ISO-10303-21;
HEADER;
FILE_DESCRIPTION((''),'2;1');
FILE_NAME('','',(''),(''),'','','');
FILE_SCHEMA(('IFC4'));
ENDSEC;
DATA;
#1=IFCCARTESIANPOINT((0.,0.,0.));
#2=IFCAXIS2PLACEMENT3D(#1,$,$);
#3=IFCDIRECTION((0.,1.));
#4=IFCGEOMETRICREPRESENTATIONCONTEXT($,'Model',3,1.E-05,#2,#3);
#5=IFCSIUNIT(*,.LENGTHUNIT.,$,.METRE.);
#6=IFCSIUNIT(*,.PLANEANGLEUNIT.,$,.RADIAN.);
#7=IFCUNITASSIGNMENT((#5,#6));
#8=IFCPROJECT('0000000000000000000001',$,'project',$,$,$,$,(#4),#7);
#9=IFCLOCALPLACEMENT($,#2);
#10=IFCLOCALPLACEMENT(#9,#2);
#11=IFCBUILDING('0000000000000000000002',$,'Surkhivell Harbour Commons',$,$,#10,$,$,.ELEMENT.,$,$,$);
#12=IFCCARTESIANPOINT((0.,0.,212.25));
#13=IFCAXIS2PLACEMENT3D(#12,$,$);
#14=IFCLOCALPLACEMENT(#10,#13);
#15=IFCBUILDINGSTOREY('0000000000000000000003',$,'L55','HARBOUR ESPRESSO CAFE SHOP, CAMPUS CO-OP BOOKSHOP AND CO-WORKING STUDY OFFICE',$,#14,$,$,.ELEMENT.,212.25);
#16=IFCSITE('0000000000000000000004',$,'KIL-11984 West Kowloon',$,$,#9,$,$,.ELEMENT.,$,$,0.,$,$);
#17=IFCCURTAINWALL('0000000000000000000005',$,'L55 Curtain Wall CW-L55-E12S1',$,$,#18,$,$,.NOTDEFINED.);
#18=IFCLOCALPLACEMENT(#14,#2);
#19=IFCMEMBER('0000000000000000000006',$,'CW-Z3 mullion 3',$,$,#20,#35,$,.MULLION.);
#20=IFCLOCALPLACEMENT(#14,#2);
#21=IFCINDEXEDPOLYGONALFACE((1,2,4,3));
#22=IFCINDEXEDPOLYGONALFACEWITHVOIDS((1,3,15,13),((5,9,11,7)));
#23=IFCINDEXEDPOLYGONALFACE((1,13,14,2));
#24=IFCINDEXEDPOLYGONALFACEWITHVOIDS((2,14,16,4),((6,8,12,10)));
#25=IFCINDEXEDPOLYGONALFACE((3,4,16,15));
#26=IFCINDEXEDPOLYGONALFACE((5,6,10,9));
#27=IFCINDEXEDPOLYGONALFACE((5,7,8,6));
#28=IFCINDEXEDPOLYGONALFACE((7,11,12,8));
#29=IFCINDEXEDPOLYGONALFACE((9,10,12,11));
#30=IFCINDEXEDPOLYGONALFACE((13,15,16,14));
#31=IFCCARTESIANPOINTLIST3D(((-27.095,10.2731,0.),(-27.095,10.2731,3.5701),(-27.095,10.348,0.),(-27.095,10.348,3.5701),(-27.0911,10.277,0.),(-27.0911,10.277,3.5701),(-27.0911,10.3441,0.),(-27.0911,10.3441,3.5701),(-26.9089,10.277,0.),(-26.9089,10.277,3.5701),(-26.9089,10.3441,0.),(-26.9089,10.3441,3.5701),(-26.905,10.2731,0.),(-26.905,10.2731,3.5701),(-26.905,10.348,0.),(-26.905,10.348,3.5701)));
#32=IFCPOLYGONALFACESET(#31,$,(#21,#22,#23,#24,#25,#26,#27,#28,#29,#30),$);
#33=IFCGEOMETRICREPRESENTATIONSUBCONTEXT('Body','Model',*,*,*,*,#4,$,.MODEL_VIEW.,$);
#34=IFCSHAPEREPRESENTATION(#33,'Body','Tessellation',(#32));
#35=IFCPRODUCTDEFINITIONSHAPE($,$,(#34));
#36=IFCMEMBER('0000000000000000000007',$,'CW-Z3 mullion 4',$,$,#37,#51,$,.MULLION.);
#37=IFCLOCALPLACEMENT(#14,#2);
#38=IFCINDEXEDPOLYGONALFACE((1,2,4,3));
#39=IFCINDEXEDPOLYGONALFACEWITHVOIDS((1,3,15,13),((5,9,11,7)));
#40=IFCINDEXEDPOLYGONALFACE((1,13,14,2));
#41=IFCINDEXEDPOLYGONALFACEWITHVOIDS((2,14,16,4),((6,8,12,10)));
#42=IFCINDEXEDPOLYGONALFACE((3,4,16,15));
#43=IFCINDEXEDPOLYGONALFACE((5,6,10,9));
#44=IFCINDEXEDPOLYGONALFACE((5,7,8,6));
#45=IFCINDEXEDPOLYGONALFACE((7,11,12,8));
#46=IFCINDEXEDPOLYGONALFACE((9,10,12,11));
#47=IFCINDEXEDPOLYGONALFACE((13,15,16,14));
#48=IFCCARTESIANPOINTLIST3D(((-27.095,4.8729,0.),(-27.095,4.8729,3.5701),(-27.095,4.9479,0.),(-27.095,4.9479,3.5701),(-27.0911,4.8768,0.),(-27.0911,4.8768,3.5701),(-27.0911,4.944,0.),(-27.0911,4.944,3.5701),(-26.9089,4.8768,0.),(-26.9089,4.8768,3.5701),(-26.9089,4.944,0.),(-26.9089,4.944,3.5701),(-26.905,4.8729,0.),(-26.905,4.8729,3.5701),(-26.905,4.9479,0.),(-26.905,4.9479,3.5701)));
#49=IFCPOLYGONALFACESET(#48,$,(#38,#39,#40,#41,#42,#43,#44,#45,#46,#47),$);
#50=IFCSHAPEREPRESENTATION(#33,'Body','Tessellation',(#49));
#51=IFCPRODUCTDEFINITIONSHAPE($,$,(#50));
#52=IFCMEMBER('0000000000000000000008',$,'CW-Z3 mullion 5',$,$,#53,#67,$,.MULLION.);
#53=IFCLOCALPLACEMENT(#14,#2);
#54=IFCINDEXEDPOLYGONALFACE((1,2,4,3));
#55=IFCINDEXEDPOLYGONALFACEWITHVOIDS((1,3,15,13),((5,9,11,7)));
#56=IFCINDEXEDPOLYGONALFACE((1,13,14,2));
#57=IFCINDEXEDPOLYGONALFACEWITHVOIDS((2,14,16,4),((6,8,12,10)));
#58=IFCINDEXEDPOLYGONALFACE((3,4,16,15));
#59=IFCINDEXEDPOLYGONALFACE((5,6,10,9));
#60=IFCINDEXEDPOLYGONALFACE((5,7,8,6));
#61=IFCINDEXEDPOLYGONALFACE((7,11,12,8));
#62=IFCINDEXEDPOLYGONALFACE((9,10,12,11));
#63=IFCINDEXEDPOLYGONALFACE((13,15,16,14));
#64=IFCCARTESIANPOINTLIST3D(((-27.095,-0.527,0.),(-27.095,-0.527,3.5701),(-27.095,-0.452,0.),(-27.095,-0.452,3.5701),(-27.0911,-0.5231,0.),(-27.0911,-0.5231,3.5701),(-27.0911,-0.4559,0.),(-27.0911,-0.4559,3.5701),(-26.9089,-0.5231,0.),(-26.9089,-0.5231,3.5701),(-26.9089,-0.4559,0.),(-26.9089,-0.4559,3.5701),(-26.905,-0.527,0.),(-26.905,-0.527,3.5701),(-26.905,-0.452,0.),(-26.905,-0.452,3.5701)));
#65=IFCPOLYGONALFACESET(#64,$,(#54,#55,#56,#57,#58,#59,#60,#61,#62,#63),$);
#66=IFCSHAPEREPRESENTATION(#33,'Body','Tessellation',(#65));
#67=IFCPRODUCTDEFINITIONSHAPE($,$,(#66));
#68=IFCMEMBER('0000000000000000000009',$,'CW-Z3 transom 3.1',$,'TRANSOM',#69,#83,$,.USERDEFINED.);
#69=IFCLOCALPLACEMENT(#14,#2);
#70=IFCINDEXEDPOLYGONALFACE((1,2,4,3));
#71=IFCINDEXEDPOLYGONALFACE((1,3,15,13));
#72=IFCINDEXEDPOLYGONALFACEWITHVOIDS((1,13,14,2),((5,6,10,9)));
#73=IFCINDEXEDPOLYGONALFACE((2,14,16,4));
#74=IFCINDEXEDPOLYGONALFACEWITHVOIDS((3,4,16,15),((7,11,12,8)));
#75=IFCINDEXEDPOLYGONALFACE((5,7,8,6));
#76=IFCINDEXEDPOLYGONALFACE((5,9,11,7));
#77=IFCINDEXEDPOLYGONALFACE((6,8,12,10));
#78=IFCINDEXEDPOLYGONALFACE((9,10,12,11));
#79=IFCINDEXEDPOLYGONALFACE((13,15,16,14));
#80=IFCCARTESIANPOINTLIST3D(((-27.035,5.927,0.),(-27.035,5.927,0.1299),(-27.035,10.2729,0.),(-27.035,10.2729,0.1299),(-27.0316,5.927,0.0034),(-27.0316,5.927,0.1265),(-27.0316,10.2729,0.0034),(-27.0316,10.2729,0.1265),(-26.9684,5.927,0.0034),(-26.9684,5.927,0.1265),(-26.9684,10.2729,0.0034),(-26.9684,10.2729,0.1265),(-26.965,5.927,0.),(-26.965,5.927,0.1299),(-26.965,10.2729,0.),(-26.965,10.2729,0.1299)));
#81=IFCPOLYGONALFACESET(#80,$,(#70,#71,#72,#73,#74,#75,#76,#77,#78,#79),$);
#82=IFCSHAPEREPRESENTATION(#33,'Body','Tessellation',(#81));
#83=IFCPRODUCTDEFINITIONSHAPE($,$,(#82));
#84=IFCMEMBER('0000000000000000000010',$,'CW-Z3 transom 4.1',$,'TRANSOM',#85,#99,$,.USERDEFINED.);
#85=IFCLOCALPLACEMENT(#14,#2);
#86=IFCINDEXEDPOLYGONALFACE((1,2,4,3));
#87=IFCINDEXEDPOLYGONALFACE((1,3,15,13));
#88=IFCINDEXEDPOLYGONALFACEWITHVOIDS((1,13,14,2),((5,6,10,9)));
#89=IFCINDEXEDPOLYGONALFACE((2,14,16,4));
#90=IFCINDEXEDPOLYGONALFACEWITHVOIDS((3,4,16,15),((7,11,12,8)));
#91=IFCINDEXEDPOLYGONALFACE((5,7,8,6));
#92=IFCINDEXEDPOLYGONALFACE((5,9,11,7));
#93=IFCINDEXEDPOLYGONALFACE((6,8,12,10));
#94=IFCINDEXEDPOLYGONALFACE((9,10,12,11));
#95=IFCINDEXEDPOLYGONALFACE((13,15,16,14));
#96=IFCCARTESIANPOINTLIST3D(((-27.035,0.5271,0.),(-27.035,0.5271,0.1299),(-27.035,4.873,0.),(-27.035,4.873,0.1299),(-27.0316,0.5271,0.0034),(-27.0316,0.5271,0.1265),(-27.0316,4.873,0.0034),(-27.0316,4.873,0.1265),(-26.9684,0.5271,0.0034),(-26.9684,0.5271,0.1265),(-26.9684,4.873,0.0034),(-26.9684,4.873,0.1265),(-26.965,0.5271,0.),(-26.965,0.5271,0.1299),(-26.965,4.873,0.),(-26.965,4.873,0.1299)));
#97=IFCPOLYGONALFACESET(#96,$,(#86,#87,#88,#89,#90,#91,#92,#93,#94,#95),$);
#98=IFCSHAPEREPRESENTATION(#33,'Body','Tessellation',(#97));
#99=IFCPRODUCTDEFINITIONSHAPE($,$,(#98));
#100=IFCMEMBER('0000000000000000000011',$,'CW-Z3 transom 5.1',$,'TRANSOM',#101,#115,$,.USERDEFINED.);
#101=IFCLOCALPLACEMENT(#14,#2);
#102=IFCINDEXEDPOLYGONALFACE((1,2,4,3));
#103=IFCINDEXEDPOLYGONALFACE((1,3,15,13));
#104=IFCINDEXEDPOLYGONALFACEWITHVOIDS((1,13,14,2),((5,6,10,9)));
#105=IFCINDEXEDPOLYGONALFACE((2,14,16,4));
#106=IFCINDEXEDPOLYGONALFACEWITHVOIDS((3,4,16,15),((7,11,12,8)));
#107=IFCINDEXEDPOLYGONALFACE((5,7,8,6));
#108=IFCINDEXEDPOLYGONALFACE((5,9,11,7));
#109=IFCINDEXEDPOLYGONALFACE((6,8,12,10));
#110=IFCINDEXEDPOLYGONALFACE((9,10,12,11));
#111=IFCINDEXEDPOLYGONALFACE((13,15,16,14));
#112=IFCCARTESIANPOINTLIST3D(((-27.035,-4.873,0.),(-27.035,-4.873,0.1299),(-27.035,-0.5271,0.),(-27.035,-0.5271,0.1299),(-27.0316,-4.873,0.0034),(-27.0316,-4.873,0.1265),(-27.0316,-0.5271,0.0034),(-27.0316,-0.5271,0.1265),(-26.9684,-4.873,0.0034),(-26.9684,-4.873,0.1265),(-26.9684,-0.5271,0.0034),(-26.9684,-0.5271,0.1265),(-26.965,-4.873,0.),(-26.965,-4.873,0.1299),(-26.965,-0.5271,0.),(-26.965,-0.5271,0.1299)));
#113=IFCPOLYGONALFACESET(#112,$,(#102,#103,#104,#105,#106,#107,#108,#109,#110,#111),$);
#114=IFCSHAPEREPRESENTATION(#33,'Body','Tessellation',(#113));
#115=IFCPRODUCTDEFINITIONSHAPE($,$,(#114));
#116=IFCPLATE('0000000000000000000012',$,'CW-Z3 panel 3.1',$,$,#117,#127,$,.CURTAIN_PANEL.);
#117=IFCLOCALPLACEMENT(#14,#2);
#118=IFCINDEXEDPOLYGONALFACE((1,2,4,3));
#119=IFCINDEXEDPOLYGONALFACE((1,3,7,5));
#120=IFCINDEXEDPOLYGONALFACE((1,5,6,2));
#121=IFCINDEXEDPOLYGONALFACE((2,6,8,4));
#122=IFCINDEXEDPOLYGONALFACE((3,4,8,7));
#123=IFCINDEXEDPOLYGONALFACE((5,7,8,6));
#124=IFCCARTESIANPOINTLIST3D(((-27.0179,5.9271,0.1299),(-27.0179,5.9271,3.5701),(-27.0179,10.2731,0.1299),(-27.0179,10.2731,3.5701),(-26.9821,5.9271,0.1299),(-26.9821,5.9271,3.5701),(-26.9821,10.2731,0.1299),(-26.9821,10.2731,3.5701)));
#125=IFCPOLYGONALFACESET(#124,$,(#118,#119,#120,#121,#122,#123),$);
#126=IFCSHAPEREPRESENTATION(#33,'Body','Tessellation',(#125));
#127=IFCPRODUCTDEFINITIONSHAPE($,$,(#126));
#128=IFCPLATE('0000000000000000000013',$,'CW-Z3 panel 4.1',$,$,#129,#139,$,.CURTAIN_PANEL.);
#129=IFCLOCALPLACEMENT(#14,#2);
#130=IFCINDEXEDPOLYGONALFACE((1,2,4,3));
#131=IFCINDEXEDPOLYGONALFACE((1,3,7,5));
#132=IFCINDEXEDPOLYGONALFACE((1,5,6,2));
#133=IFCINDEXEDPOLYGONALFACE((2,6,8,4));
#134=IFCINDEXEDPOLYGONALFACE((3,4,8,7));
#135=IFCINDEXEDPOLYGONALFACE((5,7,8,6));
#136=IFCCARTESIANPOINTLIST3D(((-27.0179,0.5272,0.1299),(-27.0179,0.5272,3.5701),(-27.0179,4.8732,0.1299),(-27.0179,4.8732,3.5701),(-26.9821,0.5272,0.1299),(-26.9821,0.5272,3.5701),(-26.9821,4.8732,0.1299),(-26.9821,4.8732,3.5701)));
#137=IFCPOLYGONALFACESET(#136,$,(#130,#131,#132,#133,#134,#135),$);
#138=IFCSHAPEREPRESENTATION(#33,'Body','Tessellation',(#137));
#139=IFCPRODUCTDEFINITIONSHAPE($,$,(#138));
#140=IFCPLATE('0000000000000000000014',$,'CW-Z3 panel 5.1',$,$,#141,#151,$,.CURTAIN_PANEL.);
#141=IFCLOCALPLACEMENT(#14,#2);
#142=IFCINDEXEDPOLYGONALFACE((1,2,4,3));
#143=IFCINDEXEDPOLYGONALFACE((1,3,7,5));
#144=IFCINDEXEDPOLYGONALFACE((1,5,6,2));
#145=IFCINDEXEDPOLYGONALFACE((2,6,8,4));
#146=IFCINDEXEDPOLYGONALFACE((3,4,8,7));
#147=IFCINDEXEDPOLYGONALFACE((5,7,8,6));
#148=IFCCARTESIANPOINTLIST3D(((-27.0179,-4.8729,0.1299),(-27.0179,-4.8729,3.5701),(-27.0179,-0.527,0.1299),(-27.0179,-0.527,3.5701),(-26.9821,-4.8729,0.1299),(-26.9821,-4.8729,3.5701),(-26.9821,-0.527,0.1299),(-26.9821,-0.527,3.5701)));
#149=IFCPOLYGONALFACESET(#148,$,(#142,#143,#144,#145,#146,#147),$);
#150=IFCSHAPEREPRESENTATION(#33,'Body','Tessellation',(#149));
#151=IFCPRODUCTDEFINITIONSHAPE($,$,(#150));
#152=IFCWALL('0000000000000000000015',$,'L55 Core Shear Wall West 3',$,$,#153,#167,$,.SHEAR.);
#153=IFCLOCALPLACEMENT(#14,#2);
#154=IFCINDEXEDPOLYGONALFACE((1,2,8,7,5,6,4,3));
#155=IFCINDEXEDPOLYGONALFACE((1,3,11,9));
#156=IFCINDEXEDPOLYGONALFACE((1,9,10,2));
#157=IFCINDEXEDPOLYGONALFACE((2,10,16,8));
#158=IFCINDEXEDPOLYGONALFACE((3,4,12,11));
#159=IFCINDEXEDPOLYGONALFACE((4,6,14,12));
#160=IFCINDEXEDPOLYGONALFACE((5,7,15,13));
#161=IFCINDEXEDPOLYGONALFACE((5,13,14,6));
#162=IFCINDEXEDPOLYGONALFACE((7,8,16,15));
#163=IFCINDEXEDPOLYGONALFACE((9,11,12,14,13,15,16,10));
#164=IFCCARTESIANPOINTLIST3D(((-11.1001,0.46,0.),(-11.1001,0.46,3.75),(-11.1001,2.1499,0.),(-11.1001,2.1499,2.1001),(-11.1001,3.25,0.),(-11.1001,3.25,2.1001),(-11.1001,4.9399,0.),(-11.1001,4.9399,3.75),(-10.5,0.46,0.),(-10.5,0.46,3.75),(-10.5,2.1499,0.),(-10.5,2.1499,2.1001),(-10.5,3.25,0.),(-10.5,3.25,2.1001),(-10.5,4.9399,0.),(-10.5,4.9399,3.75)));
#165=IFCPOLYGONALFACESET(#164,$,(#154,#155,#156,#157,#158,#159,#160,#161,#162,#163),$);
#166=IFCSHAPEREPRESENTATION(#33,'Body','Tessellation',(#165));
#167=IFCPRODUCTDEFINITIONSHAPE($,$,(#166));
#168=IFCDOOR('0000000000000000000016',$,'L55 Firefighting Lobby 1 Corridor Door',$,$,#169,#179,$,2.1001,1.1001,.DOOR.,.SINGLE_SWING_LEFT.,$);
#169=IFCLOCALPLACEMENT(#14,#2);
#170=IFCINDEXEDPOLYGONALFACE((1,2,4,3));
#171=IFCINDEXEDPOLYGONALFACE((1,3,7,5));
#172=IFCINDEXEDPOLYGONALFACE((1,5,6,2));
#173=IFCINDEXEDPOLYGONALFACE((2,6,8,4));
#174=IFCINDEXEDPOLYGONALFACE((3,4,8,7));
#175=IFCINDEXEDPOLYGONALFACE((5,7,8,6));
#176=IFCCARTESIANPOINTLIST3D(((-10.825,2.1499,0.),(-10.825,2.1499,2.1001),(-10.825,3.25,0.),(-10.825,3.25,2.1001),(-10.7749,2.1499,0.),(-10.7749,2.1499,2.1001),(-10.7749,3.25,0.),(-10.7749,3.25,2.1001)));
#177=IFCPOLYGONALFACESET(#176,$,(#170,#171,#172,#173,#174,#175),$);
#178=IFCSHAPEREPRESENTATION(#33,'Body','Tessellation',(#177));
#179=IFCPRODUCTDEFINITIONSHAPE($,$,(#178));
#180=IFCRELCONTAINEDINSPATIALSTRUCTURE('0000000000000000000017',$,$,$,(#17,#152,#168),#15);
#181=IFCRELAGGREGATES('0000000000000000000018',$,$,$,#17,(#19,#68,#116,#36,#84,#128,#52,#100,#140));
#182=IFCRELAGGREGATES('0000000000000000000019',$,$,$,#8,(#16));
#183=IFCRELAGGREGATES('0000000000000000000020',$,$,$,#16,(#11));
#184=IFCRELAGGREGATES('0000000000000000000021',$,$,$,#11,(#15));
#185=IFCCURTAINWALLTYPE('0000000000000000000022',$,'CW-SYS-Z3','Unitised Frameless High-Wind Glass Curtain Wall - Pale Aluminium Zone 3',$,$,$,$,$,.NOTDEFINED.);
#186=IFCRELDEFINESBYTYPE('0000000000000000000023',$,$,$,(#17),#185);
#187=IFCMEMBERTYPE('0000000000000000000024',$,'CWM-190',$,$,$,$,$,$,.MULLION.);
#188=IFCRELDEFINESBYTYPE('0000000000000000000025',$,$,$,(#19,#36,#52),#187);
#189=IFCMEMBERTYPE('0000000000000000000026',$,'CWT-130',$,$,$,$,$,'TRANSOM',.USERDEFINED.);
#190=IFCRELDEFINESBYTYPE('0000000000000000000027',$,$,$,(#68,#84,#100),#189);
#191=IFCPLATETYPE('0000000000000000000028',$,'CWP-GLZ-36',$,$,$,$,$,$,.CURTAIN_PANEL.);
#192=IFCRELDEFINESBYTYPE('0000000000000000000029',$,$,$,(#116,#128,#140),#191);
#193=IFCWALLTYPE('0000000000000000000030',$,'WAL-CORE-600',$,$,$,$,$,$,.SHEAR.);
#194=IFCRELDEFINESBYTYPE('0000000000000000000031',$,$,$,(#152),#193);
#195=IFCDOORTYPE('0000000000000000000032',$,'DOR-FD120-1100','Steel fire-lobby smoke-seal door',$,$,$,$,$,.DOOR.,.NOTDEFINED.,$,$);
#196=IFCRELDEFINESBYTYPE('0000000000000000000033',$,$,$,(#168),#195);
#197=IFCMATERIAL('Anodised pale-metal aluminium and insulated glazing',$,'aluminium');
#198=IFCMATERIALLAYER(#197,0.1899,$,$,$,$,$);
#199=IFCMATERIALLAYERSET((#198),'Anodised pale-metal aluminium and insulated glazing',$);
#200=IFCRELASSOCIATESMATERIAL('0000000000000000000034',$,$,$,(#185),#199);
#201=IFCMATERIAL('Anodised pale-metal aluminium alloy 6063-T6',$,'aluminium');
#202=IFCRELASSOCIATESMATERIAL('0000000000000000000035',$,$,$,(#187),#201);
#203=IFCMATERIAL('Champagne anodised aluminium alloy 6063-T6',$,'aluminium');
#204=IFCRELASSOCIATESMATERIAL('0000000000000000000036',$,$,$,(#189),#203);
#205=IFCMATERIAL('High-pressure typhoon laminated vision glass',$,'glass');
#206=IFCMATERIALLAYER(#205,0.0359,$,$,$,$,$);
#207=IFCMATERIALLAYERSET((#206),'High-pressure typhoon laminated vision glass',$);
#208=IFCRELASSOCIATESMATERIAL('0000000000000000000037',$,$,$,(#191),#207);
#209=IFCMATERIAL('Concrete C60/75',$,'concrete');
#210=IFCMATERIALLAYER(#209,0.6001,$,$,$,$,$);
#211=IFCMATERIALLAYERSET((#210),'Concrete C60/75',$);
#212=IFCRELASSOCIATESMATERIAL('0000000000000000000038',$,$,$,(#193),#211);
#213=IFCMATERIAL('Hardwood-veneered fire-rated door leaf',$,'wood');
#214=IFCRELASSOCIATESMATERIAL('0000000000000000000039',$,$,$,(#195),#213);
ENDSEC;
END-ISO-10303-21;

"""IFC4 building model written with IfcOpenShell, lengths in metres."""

from ifc_helpers import new_model, si_unit, direction, frame, frame_2d, origin, origin_2d, place, context, subcontext, project, spatial, rectangle, hollow_rectangle, extrude, material, layer, layer_set, material_profile, profile_set, type_object, element, fill, aggregate, save


model = new_model("IFC4")

# Units and contexts
model_context = context("Model", 3, precision=1e-05, world=origin(), true_north=direction((0.0, 1.0)))
body_context = subcontext(model_context, "Body", "Model", "MODEL_VIEW")
ifc_project = project(units=[si_unit("LENGTHUNIT", "METRE"), si_unit("PLANEANGLEUNIT", "RADIAN")], contexts=[model_context])

# Site, building, storey
site_placement = place(None, origin())
site = spatial("IfcSite", under=ifc_project, at=site_placement, Name="KIL-11984 West Kowloon", CompositionType="ELEMENT", RefElevation=0.0)
building_placement = place(site_placement, origin())
building = spatial("IfcBuilding", under=site, at=building_placement, Name="Surkhivell Harbour Commons", CompositionType="ELEMENT")
storey_placement = place(building_placement, frame((0.0, 0.0, 212.25)))
storey = spatial("IfcBuildingStorey", under=building, at=storey_placement, Name="L55", Description="HARBOUR ESPRESSO CAFE SHOP, CAMPUS CO-OP BOOKSHOP AND CO-WORKING STUDY OFFICE", CompositionType="ELEMENT", Elevation=212.25)

# Shared definitions
ifc_material_1 = material(Name="Concrete C60/75", Category="concrete")

# Curtain wall, members, plates
ifc_material_2 = material(Name="Anodised pale-metal aluminium and insulated glazing", Category="aluminium")
ifc_layer_1 = layer(ifc_material_2, 0.1899)
ifc_layer_set_1 = layer_set([ifc_layer_1], Name="Anodised pale-metal aluminium and insulated glazing")
curtain_wall_type = type_object("IfcCurtainWallType", Name="CW-SYS-Z3", Description="Unitised Frameless High-Wind Glass Curtain Wall - Pale Aluminium Zone 3", PredefinedType="NOTDEFINED", material=ifc_layer_set_1)
curtain_wall_placement = place(storey_placement, origin())
curtain_wall = element("IfcCurtainWall", 1, at=curtain_wall_placement, inside=storey, type_object=curtain_wall_type, Name="L55 Curtain Wall CW-L55-E12S1", PredefinedType="NOTDEFINED")
ifc_material_3 = material(Name="Anodised pale-metal aluminium alloy 6063-T6", Category="aluminium")
ifc_material_profile_1 = material_profile(ifc_material_3, hollow_rectangle(XDim=0.075, YDim=0.1899, WallThickness=0.0039, at=origin_2d()), Name="ALU-MULL-75x190")
ifc_profile_set_1 = profile_set([ifc_material_profile_1], Name="Anodised pale-metal aluminium alloy 6063-T6")
member_type_1 = type_object("IfcMemberType", Name="CWM-190", PredefinedType="MULLION", material=ifc_profile_set_1)
member_1_placement = place(storey_placement, frame((-27.0, 10.3105, 0.0), z_axis=(0.0, 0.0, 1.0), x_axis=(0.0, -1.0, 0.0)))
member_1 = element("IfcMember", 2, at=member_1_placement, type_object=member_type_1, Name="CW-Z3 mullion 3", PredefinedType="MULLION", context=body_context, shape_type="SweptSolid", body=[
    extrude(hollow_rectangle(XDim=0.075, YDim=0.1899, WallThickness=0.0039, at=origin_2d()), origin(), (0.0, 0.0, 1.0), 3.5701),
])
member_2_placement = place(storey_placement, frame((-27.0, 4.9104, 0.0), z_axis=(0.0, 0.0, 1.0), x_axis=(0.0, -1.0, 0.0)))
member_2 = element("IfcMember", 3, at=member_2_placement, type_object=member_type_1, Name="CW-Z3 mullion 4", PredefinedType="MULLION", context=body_context, shape_type="SweptSolid", body=[
    extrude(hollow_rectangle(XDim=0.075, YDim=0.1899, WallThickness=0.0039, at=origin_2d()), origin(), (0.0, 0.0, 1.0), 3.5701),
])
member_3_placement = place(storey_placement, frame((-27.0, -0.4895, 0.0), z_axis=(0.0, 0.0, 1.0), x_axis=(0.0, -1.0, 0.0)))
member_3 = element("IfcMember", 4, at=member_3_placement, type_object=member_type_1, Name="CW-Z3 mullion 5", PredefinedType="MULLION", context=body_context, shape_type="SweptSolid", body=[
    extrude(hollow_rectangle(XDim=0.075, YDim=0.1899, WallThickness=0.0039, at=origin_2d()), origin(), (0.0, 0.0, 1.0), 3.5701),
])
ifc_material_4 = material(Name="Champagne anodised aluminium alloy 6063-T6", Category="aluminium")
ifc_material_profile_2 = material_profile(ifc_material_4, hollow_rectangle(XDim=0.0701, YDim=0.1299, WallThickness=0.0034, at=origin_2d()), Name="ALU-TRAN-70x130")
ifc_profile_set_2 = profile_set([ifc_material_profile_2], Name="Champagne anodised aluminium alloy 6063-T6")
member_type_2 = type_object("IfcMemberType", Name="CWT-130", ElementType="TRANSOM", PredefinedType="USERDEFINED", material=ifc_profile_set_2)
member_4_placement = place(storey_placement, frame((-27.0, 10.2729, 0.0649), z_axis=(0.0, -1.0, 0.0), x_axis=(1.0, 0.0, 0.0)))
member_4 = element("IfcMember", 5, at=member_4_placement, type_object=member_type_2, Name="CW-Z3 transom 3.1", ObjectType="TRANSOM", PredefinedType="USERDEFINED", context=body_context, shape_type="SweptSolid", body=[
    extrude(hollow_rectangle(XDim=0.0701, YDim=0.1299, WallThickness=0.0034, at=origin_2d()), origin(), (0.0, 0.0, 1.0), 4.3459),
])
member_5_placement = place(storey_placement, frame((-27.0, 4.873, 0.0649), z_axis=(0.0, -1.0, 0.0), x_axis=(1.0, 0.0, 0.0)))
member_5 = element("IfcMember", 6, at=member_5_placement, type_object=member_type_2, Name="CW-Z3 transom 4.1", ObjectType="TRANSOM", PredefinedType="USERDEFINED", context=body_context, shape_type="SweptSolid", body=[
    extrude(hollow_rectangle(XDim=0.0701, YDim=0.1299, WallThickness=0.0034, at=origin_2d()), origin(), (0.0, 0.0, 1.0), 4.3459),
])
member_6_placement = place(storey_placement, frame((-27.0, -0.5271, 0.0649), z_axis=(0.0, -1.0, 0.0), x_axis=(1.0, 0.0, 0.0)))
member_6 = element("IfcMember", 7, at=member_6_placement, type_object=member_type_2, Name="CW-Z3 transom 5.1", ObjectType="TRANSOM", PredefinedType="USERDEFINED", context=body_context, shape_type="SweptSolid", body=[
    extrude(hollow_rectangle(XDim=0.0701, YDim=0.1299, WallThickness=0.0034, at=origin_2d()), origin(), (0.0, 0.0, 1.0), 4.3459),
])
ifc_material_5 = material(Name="High-pressure typhoon laminated vision glass", Category="glass")
ifc_layer_2 = layer(ifc_material_5, 0.0359)
ifc_layer_set_2 = layer_set([ifc_layer_2], Name="High-pressure typhoon laminated vision glass")
plate_type = type_object("IfcPlateType", Name="CWP-GLZ-36", PredefinedType="CURTAIN_PANEL", material=ifc_layer_set_2)
plate_1_placement = place(storey_placement, frame((-27.0, 10.2729, 0.1299), z_axis=(0.0, 0.0, 1.0), x_axis=(0.0, -1.0, 0.0)))
plate_1 = element("IfcPlate", 8, at=plate_1_placement, type_object=plate_type, Name="CW-Z3 panel 3.1", PredefinedType="CURTAIN_PANEL", context=body_context, shape_type="SweptSolid", body=[
    extrude(rectangle(XDim=4.3459, YDim=0.0359, at=frame_2d((2.1729, 0.0))), origin(), (0.0, 0.0, 1.0), 3.4402),
])
plate_2_placement = place(storey_placement, frame((-27.0, 4.873, 0.1299), z_axis=(0.0, 0.0, 1.0), x_axis=(0.0, -1.0, 0.0)))
plate_2 = element("IfcPlate", 9, at=plate_2_placement, type_object=plate_type, Name="CW-Z3 panel 4.1", PredefinedType="CURTAIN_PANEL", context=body_context, shape_type="SweptSolid", body=[
    extrude(rectangle(XDim=4.3459, YDim=0.0359, at=frame_2d((2.1729, 0.0))), origin(), (0.0, 0.0, 1.0), 3.4402),
])
plate_3_placement = place(storey_placement, frame((-27.0, -0.5271, 0.1299), z_axis=(0.0, 0.0, 1.0), x_axis=(0.0, -1.0, 0.0)))
plate_3 = element("IfcPlate", 10, at=plate_3_placement, type_object=plate_type, Name="CW-Z3 panel 5.1", PredefinedType="CURTAIN_PANEL", context=body_context, shape_type="SweptSolid", body=[
    extrude(rectangle(XDim=4.3459, YDim=0.0359, at=frame_2d((2.1729, 0.0))), origin(), (0.0, 0.0, 1.0), 3.4402),
])
aggregate(curtain_wall, [member_1, member_4, plate_1, member_2, member_5, plate_2, member_3, member_6, plate_3])

# Wall, opening, door
ifc_layer_3 = layer(ifc_material_1, 0.6001)
ifc_layer_set_3 = layer_set([ifc_layer_3], Name="Concrete C60/75")
wall_type_1 = type_object("IfcWallType", Name="WAL-CORE-600", PredefinedType="SHEAR", material=ifc_layer_set_3)
wall_1_placement = place(storey_placement, frame((-10.8, 0.46, 0.0), z_axis=(0.0, 0.0, 1.0), x_axis=(0.0, 1.0, 0.0)))
wall_1 = element("IfcWall", 11, at=wall_1_placement, inside=storey, type_object=wall_type_1, Name="L55 Core Shear Wall West 3", PredefinedType="SHEAR", context=body_context, shape_type="SweptSolid", body=[
    extrude(rectangle(XDim=4.48, YDim=0.6001, at=frame_2d((2.24, 0.0))), origin(), (0.0, 0.0, 1.0), 3.75),
])
opening_placement = place(wall_1_placement, frame((1.6899, 0.0, 0.0)))
opening = element("IfcOpeningElement", 12, at=opening_placement, cuts=wall_1, PredefinedType="OPENING", context=body_context, shape_type="SweptSolid", body=[
    extrude(rectangle(XDim=1.1001, YDim=2.1001, at=frame_2d((0.55, 1.05))), frame((0.0, 0.3101, 0.0), z_axis=(0.0, -1.0, 0.0), x_axis=(1.0, 0.0, 0.0)), (0.0, 0.0, 1.0), 0.6201),
])
ifc_material_6 = material(Name="Hardwood-veneered fire-rated door leaf", Category="wood")
door_type = type_object("IfcDoorType", Name="DOR-FD120-1100", Description="Steel fire-lobby smoke-seal door", OperationType="NOTDEFINED", PredefinedType="DOOR", material=ifc_material_6)
door_placement = place(opening_placement, origin())
door = element("IfcDoor", 13, at=door_placement, inside=storey, type_object=door_type, Name="L55 Firefighting Lobby 1 Corridor Door", OperationType="SINGLE_SWING_LEFT", OverallHeight=2.1001, OverallWidth=1.1001, PredefinedType="DOOR", context=body_context, shape_type="SweptSolid", body=[
    extrude(rectangle(XDim=1.1001, YDim=2.1001, at=frame_2d((0.55, 1.05))), frame((0.0, 0.0249, 0.0), z_axis=(0.0, -1.0, 0.0), x_axis=(1.0, 0.0, 0.0)), (0.0, 0.0, 1.0), 0.05),
])
fill(opening, door)

save(model, "model.ifc")
